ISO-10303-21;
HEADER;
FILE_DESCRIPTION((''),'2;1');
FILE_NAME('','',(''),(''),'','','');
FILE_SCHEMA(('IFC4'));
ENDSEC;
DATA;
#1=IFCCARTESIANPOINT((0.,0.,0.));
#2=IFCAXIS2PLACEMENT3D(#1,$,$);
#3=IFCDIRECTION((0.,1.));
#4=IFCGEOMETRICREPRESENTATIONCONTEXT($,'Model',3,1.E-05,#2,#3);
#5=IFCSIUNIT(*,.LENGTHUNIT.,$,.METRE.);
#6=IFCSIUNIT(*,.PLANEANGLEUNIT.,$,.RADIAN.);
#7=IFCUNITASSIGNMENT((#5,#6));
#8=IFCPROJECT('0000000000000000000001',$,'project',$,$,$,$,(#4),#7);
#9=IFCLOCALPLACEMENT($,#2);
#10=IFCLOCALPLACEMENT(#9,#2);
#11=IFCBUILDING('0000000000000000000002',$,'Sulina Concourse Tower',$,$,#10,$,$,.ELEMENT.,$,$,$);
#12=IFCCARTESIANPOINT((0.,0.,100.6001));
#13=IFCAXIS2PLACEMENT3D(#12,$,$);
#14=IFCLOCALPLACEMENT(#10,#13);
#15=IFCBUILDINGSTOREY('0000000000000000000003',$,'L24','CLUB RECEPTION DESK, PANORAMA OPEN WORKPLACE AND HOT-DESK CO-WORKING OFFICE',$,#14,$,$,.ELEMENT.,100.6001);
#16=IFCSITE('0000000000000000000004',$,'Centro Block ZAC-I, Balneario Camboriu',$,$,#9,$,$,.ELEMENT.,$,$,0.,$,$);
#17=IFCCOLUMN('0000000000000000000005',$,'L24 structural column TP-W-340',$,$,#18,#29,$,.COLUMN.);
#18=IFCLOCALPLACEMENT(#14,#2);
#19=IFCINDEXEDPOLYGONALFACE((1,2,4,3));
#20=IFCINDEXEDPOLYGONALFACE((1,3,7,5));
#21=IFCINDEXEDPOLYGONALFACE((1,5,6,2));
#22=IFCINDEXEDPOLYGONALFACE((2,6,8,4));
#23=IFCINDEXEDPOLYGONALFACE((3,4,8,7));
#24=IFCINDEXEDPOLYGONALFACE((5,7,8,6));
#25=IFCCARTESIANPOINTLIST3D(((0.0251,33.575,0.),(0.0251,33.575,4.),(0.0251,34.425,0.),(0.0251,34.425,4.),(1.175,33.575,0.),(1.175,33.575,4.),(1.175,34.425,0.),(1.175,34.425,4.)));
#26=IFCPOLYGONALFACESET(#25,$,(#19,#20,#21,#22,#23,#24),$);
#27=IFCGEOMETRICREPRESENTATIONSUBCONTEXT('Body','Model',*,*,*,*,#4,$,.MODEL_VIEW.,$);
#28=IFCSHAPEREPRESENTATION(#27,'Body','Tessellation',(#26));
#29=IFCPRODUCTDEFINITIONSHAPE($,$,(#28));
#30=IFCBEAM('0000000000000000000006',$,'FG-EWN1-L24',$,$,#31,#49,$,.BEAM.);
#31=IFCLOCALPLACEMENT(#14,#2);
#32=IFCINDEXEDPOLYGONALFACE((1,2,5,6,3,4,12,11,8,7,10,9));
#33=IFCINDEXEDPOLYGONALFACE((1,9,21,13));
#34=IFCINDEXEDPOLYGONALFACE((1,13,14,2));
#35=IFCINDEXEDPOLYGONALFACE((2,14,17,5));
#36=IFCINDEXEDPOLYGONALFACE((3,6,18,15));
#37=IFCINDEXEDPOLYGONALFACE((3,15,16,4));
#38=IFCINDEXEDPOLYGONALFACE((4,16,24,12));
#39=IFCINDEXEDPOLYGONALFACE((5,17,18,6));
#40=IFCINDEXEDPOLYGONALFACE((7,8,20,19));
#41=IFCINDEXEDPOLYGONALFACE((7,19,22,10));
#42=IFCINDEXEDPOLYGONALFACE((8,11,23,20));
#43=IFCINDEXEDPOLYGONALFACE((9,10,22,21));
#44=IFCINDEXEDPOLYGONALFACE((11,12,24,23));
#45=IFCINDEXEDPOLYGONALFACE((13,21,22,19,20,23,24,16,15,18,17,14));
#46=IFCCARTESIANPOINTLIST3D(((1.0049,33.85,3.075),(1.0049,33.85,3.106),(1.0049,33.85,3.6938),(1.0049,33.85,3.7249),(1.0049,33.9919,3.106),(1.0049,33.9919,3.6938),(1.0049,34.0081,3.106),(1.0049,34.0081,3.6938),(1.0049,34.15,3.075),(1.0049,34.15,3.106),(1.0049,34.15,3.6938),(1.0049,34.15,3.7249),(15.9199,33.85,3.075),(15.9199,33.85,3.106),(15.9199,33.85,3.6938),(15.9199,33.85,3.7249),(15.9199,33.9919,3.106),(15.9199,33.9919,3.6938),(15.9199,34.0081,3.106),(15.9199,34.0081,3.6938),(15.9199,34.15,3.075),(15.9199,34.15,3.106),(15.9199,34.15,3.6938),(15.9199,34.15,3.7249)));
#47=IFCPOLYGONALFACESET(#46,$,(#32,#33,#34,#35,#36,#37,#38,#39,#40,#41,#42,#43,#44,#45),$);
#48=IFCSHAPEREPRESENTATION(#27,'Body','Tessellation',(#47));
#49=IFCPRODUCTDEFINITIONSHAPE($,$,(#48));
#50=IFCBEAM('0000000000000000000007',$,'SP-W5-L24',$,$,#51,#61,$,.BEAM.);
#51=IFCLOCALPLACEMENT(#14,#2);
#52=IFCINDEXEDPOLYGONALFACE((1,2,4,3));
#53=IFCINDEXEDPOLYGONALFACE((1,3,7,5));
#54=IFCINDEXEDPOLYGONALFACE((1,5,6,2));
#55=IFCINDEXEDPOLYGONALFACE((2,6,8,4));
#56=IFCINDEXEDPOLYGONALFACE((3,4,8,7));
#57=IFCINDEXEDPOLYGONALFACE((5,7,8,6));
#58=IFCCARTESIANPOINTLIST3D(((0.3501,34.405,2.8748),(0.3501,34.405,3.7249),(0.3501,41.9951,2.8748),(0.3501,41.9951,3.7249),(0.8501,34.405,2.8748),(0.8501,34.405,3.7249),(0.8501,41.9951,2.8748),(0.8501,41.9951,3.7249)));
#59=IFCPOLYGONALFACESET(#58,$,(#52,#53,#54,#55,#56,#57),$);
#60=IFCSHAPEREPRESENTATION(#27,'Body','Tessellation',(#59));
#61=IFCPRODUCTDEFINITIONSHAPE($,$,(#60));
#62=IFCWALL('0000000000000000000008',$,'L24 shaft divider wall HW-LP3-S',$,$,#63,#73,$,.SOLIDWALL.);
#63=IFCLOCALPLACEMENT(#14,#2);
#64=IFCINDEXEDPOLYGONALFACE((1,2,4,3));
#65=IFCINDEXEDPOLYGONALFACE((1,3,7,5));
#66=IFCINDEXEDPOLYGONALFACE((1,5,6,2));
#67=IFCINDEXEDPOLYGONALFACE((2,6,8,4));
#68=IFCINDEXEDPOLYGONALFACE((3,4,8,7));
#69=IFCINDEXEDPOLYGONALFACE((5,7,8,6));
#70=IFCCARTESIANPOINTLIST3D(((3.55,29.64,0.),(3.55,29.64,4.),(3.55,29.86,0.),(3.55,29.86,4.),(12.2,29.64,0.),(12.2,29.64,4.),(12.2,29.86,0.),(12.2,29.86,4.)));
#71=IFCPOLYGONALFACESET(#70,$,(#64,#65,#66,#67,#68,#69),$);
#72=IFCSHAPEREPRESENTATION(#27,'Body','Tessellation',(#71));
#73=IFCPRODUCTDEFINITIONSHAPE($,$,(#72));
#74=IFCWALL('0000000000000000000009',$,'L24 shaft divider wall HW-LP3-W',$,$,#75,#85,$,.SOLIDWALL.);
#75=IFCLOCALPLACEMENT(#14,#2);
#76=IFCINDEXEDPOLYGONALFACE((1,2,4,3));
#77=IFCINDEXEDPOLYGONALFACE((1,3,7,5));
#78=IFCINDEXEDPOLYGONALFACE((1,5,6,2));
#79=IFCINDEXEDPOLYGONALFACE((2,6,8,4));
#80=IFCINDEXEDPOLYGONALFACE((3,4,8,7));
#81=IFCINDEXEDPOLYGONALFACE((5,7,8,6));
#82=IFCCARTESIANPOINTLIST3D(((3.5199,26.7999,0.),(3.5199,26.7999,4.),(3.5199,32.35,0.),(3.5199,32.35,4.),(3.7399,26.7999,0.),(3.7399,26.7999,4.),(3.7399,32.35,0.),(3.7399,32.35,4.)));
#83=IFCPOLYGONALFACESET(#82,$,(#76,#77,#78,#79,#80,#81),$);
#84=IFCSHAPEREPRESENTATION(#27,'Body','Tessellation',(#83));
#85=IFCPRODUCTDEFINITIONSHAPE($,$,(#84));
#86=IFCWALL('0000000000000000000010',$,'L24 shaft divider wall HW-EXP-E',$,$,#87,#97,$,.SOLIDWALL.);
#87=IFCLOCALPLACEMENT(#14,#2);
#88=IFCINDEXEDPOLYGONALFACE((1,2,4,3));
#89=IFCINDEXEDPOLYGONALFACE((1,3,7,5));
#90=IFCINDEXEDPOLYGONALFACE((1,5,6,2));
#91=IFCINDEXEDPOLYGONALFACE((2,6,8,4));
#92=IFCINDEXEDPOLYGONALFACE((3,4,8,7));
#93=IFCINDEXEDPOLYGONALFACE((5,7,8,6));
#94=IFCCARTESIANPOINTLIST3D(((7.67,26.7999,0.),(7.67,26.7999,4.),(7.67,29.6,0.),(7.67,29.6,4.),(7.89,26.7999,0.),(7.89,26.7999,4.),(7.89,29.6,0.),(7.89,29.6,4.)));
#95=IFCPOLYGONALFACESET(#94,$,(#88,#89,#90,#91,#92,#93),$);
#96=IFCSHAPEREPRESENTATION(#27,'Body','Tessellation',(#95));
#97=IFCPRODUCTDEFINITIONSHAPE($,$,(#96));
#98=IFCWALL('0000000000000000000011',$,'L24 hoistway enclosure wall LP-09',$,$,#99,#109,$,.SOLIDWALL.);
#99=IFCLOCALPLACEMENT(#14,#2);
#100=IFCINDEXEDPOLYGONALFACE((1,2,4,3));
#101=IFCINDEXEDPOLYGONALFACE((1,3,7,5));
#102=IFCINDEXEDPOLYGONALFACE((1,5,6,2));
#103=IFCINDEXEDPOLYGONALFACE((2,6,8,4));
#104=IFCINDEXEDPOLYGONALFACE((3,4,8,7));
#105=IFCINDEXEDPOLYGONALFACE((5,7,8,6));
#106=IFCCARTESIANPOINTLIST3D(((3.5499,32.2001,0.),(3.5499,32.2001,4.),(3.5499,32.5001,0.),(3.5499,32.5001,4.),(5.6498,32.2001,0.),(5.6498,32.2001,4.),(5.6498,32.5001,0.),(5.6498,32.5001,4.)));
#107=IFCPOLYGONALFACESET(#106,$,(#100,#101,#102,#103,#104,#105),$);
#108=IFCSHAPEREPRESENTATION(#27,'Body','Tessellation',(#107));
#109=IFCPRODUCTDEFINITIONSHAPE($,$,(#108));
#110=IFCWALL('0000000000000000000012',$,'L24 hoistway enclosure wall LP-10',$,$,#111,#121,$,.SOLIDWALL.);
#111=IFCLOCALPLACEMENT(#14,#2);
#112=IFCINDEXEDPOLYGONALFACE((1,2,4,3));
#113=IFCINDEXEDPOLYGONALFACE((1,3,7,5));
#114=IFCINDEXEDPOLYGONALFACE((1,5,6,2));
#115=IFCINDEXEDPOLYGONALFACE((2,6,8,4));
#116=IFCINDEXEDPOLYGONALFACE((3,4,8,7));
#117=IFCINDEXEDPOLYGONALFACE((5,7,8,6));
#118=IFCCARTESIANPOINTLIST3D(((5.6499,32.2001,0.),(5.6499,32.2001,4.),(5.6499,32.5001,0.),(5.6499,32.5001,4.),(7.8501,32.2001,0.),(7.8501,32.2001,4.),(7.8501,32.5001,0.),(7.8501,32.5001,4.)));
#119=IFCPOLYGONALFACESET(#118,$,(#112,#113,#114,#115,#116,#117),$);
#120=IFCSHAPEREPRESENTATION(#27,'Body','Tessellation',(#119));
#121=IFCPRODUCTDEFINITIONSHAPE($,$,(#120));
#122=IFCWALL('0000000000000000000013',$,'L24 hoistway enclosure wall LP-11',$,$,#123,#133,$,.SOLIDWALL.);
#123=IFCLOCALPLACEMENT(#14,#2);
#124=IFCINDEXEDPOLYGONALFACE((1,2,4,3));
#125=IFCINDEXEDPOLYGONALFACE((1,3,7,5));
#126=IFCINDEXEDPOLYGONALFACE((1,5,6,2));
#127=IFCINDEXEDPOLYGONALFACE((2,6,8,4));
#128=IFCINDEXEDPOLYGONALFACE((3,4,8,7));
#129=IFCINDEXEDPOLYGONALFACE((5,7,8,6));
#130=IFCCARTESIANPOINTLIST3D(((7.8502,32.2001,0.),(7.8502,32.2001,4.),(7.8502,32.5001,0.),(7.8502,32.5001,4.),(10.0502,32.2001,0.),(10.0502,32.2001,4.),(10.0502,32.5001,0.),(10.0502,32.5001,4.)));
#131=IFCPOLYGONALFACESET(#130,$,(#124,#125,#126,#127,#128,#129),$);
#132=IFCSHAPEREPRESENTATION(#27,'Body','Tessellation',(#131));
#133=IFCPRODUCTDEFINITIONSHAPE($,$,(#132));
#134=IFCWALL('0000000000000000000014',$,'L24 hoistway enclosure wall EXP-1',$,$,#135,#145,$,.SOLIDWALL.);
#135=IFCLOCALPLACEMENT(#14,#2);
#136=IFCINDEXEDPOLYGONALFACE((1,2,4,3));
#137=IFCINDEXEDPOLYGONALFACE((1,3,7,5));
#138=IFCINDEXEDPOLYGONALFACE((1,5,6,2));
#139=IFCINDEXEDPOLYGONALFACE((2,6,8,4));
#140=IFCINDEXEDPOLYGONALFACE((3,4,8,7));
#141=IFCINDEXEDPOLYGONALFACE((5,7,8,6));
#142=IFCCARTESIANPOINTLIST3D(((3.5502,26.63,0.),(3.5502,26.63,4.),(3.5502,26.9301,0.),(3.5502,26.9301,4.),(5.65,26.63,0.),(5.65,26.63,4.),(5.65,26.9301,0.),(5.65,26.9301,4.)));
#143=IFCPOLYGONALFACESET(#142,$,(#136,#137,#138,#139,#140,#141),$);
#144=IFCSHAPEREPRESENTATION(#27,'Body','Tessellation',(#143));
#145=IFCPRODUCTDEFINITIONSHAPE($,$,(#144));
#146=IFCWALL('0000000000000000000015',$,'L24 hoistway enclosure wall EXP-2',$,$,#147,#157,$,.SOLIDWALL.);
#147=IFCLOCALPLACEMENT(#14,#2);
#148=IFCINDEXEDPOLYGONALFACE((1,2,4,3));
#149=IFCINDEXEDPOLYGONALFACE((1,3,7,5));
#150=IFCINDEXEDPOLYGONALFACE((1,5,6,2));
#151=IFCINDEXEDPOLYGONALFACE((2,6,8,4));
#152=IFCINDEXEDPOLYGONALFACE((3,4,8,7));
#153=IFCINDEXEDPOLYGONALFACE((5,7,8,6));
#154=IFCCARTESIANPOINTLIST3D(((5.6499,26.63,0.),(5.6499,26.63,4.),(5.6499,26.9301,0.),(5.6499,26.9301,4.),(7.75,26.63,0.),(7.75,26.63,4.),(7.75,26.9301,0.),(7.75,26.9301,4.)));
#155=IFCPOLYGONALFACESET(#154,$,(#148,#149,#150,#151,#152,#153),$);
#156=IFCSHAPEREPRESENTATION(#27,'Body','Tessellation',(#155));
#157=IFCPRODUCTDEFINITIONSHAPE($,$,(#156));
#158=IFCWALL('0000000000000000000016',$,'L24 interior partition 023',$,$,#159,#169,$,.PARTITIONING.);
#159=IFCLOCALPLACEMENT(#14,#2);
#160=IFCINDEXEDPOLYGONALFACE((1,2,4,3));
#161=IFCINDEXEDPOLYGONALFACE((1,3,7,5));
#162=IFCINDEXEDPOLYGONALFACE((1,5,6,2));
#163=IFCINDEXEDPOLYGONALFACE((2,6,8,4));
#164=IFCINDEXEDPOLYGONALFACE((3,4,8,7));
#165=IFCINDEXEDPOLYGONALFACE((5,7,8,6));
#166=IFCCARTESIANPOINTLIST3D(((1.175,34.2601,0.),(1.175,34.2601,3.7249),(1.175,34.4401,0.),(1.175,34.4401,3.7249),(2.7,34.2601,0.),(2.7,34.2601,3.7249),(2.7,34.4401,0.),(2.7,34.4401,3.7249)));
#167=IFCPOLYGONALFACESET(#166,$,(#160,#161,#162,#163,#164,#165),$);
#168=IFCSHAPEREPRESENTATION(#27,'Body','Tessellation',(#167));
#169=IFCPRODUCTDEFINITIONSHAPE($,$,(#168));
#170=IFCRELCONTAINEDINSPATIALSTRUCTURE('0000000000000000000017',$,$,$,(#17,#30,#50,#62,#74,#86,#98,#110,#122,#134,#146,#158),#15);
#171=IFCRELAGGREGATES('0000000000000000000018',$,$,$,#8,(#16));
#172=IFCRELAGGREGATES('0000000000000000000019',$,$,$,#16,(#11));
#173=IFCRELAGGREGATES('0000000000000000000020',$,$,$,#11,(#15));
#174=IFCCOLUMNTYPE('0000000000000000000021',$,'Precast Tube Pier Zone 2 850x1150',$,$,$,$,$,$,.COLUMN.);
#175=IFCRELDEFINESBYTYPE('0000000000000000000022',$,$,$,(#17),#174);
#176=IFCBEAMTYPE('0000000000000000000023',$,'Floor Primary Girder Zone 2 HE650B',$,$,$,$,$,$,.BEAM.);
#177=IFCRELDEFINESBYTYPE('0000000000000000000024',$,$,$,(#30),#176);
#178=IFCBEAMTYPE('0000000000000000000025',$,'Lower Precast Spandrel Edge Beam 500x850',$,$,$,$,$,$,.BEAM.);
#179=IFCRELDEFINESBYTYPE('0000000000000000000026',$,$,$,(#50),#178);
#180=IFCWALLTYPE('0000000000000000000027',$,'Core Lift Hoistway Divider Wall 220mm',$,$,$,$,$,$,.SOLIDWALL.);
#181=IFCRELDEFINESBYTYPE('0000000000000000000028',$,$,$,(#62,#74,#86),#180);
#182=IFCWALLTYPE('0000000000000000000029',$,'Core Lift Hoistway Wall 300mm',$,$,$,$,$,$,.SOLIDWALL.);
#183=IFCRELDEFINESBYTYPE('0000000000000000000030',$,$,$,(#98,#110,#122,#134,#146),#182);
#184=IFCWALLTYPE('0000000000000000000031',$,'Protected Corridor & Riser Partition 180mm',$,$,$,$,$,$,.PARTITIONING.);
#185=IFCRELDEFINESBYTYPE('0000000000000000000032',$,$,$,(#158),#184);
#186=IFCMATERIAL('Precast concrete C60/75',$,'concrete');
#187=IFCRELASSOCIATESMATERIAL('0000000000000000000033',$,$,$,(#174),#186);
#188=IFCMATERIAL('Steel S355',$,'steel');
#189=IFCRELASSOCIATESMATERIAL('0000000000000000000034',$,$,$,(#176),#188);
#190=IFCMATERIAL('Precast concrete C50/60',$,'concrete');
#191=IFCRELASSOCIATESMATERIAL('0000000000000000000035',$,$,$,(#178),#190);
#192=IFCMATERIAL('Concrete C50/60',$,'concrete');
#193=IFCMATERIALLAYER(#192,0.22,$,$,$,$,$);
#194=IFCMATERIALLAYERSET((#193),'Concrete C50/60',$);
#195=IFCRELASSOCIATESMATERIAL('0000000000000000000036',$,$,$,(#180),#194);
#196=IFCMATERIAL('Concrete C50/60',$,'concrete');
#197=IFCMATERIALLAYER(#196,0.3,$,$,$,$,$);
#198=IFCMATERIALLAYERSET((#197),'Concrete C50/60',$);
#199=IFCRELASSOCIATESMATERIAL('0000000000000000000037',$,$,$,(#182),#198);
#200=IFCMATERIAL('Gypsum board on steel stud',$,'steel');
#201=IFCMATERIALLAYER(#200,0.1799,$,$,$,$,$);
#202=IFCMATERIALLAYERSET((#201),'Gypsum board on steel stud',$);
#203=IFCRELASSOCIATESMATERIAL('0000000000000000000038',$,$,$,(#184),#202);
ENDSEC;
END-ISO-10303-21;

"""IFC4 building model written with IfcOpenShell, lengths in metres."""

from ifc_helpers import new_model, si_unit, direction, frame, frame_2d, origin, origin_2d, place, context, subcontext, project, spatial, rectangle, i_section, extrude, material, layer, layer_set, material_profile, profile_set, type_object, element, save


model = new_model("IFC4")

# Units and contexts
model_context = context("Model", 3, precision=1e-05, world=origin(), true_north=direction((0.0, 1.0)))
body_context = subcontext(model_context, "Body", "Model", "MODEL_VIEW")
ifc_project = project(units=[si_unit("LENGTHUNIT", "METRE"), si_unit("PLANEANGLEUNIT", "RADIAN")], contexts=[model_context])

# Site, building, storey
site_placement = place(None, origin())
site = spatial("IfcSite", under=ifc_project, at=site_placement, Name="Centro Block ZAC-I, Balneario Camboriu", CompositionType="ELEMENT", RefElevation=0.0)
building_placement = place(site_placement, origin())
building = spatial("IfcBuilding", under=site, at=building_placement, Name="Sulina Concourse Tower", CompositionType="ELEMENT")
storey_placement = place(building_placement, frame((0.0, 0.0, 100.6001)))
storey = spatial("IfcBuildingStorey", under=building, at=storey_placement, Name="L24", Description="CLUB RECEPTION DESK, PANORAMA OPEN WORKPLACE AND HOT-DESK CO-WORKING OFFICE", CompositionType="ELEMENT", Elevation=100.6001)

# Column
ifc_material_1 = material(Name="Precast concrete C60/75", Category="concrete")
ifc_material_profile_1 = material_profile(ifc_material_1, rectangle(XDim=0.8501, YDim=1.1499, at=origin_2d()), Name="PC 850x1150")
ifc_profile_set_1 = profile_set([ifc_material_profile_1], Name="Precast concrete C60/75")
column_type = type_object("IfcColumnType", Name="Precast Tube Pier Zone 2 850x1150", PredefinedType="COLUMN", material=ifc_profile_set_1)
column_placement = place(storey_placement, frame((0.6001, 34.0, 0.0), z_axis=(0.0, 0.0, 1.0), x_axis=(0.0, 1.0, 0.0)))
element("IfcColumn", 1, at=column_placement, inside=storey, type_object=column_type, Name="L24 structural column TP-W-340", PredefinedType="COLUMN", context=body_context, shape_type="SweptSolid", body=[
    extrude(rectangle(XDim=0.8501, YDim=1.1499, at=origin_2d()), origin(), (0.0, 0.0, 1.0), 4.0),
])

# Beams
ifc_material_2 = material(Name="Steel S355", Category="steel")
ifc_material_profile_2 = material_profile(ifc_material_2, i_section(OverallWidth=0.3, OverallDepth=0.6499, WebThickness=0.0161, FlangeThickness=0.031, at=origin_2d()), Name="HE 650 B")
ifc_profile_set_2 = profile_set([ifc_material_profile_2], Name="Steel S355")
beam_type_1 = type_object("IfcBeamType", Name="Floor Primary Girder Zone 2 HE650B", PredefinedType="BEAM", material=ifc_profile_set_2)
beam_1_placement = place(storey_placement, frame((1.0049, 34.0, 3.3999), z_axis=(1.0, 0.0, 0.0), x_axis=(0.0, 1.0, 0.0)))
element("IfcBeam", 2, at=beam_1_placement, inside=storey, type_object=beam_type_1, Name="FG-EWN1-L24", PredefinedType="BEAM", context=body_context, shape_type="SweptSolid", body=[
    extrude(i_section(OverallWidth=0.3, OverallDepth=0.6499, WebThickness=0.0161, FlangeThickness=0.031, at=origin_2d()), origin(), (0.0, 0.0, 1.0), 14.915),
])
ifc_material_3 = material(Name="Precast concrete C50/60", Category="concrete")
ifc_material_profile_3 = material_profile(ifc_material_3, rectangle(XDim=0.5, YDim=0.8501, at=origin_2d()), Name="RC 500x850")
ifc_profile_set_3 = profile_set([ifc_material_profile_3], Name="Precast concrete C50/60")
beam_type_2 = type_object("IfcBeamType", Name="Lower Precast Spandrel Edge Beam 500x850", PredefinedType="BEAM", material=ifc_profile_set_3)
beam_2_placement = place(storey_placement, frame((0.6001, 34.405, 3.2998), z_axis=(0.0, 1.0, 0.0), x_axis=(-1.0, 0.0, 0.0)))
element("IfcBeam", 3, at=beam_2_placement, inside=storey, type_object=beam_type_2, Name="SP-W5-L24", PredefinedType="BEAM", context=body_context, shape_type="SweptSolid", body=[
    extrude(rectangle(XDim=0.5, YDim=0.8501, at=origin_2d()), origin(), (0.0, 0.0, 1.0), 7.5901),
])

# Walls
ifc_material_4 = material(Name="Concrete C50/60", Category="concrete")
ifc_layer_1 = layer(ifc_material_4, 0.22)
ifc_layer_set_1 = layer_set([ifc_layer_1], Name="Concrete C50/60")
wall_type_1 = type_object("IfcWallType", Name="Core Lift Hoistway Divider Wall 220mm", PredefinedType="SOLIDWALL", material=ifc_layer_set_1)
wall_1_placement = place(storey_placement, frame((3.55, 29.75, 0.0), z_axis=(0.0, 0.0, 1.0), x_axis=(1.0, 0.0, 0.0)))
element("IfcWall", 4, at=wall_1_placement, inside=storey, type_object=wall_type_1, Name="L24 shaft divider wall HW-LP3-S", PredefinedType="SOLIDWALL", context=body_context, shape_type="SweptSolid", body=[
    extrude(rectangle(XDim=8.6499, YDim=0.22, at=frame_2d((4.325, 0.0))), origin(), (0.0, 0.0, 1.0), 4.0),
])
wall_2_placement = place(storey_placement, frame((3.6299, 26.8, 0.0), z_axis=(0.0, 0.0, 1.0), x_axis=(0.0, 1.0, 0.0)))
element("IfcWall", 5, at=wall_2_placement, inside=storey, type_object=wall_type_1, Name="L24 shaft divider wall HW-LP3-W", PredefinedType="SOLIDWALL", context=body_context, shape_type="SweptSolid", body=[
    extrude(rectangle(XDim=5.55, YDim=0.22, at=frame_2d((2.7749, 0.0))), origin(), (0.0, 0.0, 1.0), 4.0),
])
wall_3_placement = place(storey_placement, frame((7.78, 26.8, 0.0), z_axis=(0.0, 0.0, 1.0), x_axis=(0.0, 1.0, 0.0)))
element("IfcWall", 6, at=wall_3_placement, inside=storey, type_object=wall_type_1, Name="L24 shaft divider wall HW-EXP-E", PredefinedType="SOLIDWALL", context=body_context, shape_type="SweptSolid", body=[
    extrude(rectangle(XDim=2.8, YDim=0.22, at=frame_2d((1.3999, 0.0))), origin(), (0.0, 0.0, 1.0), 4.0),
])
ifc_material_5 = material(Name="Concrete C50/60", Category="concrete")
ifc_layer_2 = layer(ifc_material_5, 0.3)
ifc_layer_set_2 = layer_set([ifc_layer_2], Name="Concrete C50/60")
wall_type_2 = type_object("IfcWallType", Name="Core Lift Hoistway Wall 300mm", PredefinedType="SOLIDWALL", material=ifc_layer_set_2)
wall_4_placement = place(storey_placement, frame((3.55, 32.3501, 0.0), z_axis=(0.0, 0.0, 1.0), x_axis=(1.0, 0.0, 0.0)))
element("IfcWall", 7, at=wall_4_placement, inside=storey, type_object=wall_type_2, Name="L24 hoistway enclosure wall LP-09", PredefinedType="SOLIDWALL", context=body_context, shape_type="SweptSolid", body=[
    extrude(rectangle(XDim=2.0999, YDim=0.3, at=frame_2d((1.0498, 0.0))), origin(), (0.0, 0.0, 1.0), 4.0),
])
wall_5_placement = place(storey_placement, frame((5.6499, 32.3501, 0.0), z_axis=(0.0, 0.0, 1.0), x_axis=(1.0, 0.0, 0.0)))
element("IfcWall", 8, at=wall_5_placement, inside=storey, type_object=wall_type_2, Name="L24 hoistway enclosure wall LP-10", PredefinedType="SOLIDWALL", context=body_context, shape_type="SweptSolid", body=[
    extrude(rectangle(XDim=2.2002, YDim=0.3, at=frame_2d((1.1001, 0.0))), origin(), (0.0, 0.0, 1.0), 4.0),
])
wall_6_placement = place(storey_placement, frame((7.8501, 32.3501, 0.0), z_axis=(0.0, 0.0, 1.0), x_axis=(1.0, 0.0, 0.0)))
element("IfcWall", 9, at=wall_6_placement, inside=storey, type_object=wall_type_2, Name="L24 hoistway enclosure wall LP-11", PredefinedType="SOLIDWALL", context=body_context, shape_type="SweptSolid", body=[
    extrude(rectangle(XDim=2.2, YDim=0.3, at=frame_2d((1.1001, 0.0))), origin(), (0.0, 0.0, 1.0), 4.0),
])
wall_7_placement = place(storey_placement, frame((5.6499, 26.78, 0.0), z_axis=(0.0, 0.0, 1.0), x_axis=(-1.0, 0.0, 0.0)))
element("IfcWall", 10, at=wall_7_placement, inside=storey, type_object=wall_type_2, Name="L24 hoistway enclosure wall EXP-1", PredefinedType="SOLIDWALL", context=body_context, shape_type="SweptSolid", body=[
    extrude(rectangle(XDim=2.0999, YDim=0.3, at=frame_2d((1.0498, 0.0))), origin(), (0.0, 0.0, 1.0), 4.0),
])
wall_8_placement = place(storey_placement, frame((7.75, 26.78, 0.0), z_axis=(0.0, 0.0, 1.0), x_axis=(-1.0, 0.0, 0.0)))
element("IfcWall", 11, at=wall_8_placement, inside=storey, type_object=wall_type_2, Name="L24 hoistway enclosure wall EXP-2", PredefinedType="SOLIDWALL", context=body_context, shape_type="SweptSolid", body=[
    extrude(rectangle(XDim=2.1001, YDim=0.3, at=frame_2d((1.05, 0.0))), origin(), (0.0, 0.0, 1.0), 4.0),
])
ifc_material_6 = material(Name="Gypsum board on steel stud", Category="steel")
ifc_layer_3 = layer(ifc_material_6, 0.1799)
ifc_layer_set_3 = layer_set([ifc_layer_3], Name="Gypsum board on steel stud")
wall_type_3 = type_object("IfcWallType", Name="Protected Corridor & Riser Partition 180mm", PredefinedType="PARTITIONING", material=ifc_layer_set_3)
wall_9_placement = place(storey_placement, frame((1.175, 34.3501, 0.0), z_axis=(0.0, 0.0, 1.0), x_axis=(1.0, 0.0, 0.0)))
element("IfcWall", 12, at=wall_9_placement, inside=storey, type_object=wall_type_3, Name="L24 interior partition 023", PredefinedType="PARTITIONING", context=body_context, shape_type="SweptSolid", body=[
    extrude(rectangle(XDim=1.5249, YDim=0.1799, at=frame_2d((0.7625, 0.0))), origin(), (0.0, 0.0, 1.0), 3.7249),
])

save(model, "model.ifc")
